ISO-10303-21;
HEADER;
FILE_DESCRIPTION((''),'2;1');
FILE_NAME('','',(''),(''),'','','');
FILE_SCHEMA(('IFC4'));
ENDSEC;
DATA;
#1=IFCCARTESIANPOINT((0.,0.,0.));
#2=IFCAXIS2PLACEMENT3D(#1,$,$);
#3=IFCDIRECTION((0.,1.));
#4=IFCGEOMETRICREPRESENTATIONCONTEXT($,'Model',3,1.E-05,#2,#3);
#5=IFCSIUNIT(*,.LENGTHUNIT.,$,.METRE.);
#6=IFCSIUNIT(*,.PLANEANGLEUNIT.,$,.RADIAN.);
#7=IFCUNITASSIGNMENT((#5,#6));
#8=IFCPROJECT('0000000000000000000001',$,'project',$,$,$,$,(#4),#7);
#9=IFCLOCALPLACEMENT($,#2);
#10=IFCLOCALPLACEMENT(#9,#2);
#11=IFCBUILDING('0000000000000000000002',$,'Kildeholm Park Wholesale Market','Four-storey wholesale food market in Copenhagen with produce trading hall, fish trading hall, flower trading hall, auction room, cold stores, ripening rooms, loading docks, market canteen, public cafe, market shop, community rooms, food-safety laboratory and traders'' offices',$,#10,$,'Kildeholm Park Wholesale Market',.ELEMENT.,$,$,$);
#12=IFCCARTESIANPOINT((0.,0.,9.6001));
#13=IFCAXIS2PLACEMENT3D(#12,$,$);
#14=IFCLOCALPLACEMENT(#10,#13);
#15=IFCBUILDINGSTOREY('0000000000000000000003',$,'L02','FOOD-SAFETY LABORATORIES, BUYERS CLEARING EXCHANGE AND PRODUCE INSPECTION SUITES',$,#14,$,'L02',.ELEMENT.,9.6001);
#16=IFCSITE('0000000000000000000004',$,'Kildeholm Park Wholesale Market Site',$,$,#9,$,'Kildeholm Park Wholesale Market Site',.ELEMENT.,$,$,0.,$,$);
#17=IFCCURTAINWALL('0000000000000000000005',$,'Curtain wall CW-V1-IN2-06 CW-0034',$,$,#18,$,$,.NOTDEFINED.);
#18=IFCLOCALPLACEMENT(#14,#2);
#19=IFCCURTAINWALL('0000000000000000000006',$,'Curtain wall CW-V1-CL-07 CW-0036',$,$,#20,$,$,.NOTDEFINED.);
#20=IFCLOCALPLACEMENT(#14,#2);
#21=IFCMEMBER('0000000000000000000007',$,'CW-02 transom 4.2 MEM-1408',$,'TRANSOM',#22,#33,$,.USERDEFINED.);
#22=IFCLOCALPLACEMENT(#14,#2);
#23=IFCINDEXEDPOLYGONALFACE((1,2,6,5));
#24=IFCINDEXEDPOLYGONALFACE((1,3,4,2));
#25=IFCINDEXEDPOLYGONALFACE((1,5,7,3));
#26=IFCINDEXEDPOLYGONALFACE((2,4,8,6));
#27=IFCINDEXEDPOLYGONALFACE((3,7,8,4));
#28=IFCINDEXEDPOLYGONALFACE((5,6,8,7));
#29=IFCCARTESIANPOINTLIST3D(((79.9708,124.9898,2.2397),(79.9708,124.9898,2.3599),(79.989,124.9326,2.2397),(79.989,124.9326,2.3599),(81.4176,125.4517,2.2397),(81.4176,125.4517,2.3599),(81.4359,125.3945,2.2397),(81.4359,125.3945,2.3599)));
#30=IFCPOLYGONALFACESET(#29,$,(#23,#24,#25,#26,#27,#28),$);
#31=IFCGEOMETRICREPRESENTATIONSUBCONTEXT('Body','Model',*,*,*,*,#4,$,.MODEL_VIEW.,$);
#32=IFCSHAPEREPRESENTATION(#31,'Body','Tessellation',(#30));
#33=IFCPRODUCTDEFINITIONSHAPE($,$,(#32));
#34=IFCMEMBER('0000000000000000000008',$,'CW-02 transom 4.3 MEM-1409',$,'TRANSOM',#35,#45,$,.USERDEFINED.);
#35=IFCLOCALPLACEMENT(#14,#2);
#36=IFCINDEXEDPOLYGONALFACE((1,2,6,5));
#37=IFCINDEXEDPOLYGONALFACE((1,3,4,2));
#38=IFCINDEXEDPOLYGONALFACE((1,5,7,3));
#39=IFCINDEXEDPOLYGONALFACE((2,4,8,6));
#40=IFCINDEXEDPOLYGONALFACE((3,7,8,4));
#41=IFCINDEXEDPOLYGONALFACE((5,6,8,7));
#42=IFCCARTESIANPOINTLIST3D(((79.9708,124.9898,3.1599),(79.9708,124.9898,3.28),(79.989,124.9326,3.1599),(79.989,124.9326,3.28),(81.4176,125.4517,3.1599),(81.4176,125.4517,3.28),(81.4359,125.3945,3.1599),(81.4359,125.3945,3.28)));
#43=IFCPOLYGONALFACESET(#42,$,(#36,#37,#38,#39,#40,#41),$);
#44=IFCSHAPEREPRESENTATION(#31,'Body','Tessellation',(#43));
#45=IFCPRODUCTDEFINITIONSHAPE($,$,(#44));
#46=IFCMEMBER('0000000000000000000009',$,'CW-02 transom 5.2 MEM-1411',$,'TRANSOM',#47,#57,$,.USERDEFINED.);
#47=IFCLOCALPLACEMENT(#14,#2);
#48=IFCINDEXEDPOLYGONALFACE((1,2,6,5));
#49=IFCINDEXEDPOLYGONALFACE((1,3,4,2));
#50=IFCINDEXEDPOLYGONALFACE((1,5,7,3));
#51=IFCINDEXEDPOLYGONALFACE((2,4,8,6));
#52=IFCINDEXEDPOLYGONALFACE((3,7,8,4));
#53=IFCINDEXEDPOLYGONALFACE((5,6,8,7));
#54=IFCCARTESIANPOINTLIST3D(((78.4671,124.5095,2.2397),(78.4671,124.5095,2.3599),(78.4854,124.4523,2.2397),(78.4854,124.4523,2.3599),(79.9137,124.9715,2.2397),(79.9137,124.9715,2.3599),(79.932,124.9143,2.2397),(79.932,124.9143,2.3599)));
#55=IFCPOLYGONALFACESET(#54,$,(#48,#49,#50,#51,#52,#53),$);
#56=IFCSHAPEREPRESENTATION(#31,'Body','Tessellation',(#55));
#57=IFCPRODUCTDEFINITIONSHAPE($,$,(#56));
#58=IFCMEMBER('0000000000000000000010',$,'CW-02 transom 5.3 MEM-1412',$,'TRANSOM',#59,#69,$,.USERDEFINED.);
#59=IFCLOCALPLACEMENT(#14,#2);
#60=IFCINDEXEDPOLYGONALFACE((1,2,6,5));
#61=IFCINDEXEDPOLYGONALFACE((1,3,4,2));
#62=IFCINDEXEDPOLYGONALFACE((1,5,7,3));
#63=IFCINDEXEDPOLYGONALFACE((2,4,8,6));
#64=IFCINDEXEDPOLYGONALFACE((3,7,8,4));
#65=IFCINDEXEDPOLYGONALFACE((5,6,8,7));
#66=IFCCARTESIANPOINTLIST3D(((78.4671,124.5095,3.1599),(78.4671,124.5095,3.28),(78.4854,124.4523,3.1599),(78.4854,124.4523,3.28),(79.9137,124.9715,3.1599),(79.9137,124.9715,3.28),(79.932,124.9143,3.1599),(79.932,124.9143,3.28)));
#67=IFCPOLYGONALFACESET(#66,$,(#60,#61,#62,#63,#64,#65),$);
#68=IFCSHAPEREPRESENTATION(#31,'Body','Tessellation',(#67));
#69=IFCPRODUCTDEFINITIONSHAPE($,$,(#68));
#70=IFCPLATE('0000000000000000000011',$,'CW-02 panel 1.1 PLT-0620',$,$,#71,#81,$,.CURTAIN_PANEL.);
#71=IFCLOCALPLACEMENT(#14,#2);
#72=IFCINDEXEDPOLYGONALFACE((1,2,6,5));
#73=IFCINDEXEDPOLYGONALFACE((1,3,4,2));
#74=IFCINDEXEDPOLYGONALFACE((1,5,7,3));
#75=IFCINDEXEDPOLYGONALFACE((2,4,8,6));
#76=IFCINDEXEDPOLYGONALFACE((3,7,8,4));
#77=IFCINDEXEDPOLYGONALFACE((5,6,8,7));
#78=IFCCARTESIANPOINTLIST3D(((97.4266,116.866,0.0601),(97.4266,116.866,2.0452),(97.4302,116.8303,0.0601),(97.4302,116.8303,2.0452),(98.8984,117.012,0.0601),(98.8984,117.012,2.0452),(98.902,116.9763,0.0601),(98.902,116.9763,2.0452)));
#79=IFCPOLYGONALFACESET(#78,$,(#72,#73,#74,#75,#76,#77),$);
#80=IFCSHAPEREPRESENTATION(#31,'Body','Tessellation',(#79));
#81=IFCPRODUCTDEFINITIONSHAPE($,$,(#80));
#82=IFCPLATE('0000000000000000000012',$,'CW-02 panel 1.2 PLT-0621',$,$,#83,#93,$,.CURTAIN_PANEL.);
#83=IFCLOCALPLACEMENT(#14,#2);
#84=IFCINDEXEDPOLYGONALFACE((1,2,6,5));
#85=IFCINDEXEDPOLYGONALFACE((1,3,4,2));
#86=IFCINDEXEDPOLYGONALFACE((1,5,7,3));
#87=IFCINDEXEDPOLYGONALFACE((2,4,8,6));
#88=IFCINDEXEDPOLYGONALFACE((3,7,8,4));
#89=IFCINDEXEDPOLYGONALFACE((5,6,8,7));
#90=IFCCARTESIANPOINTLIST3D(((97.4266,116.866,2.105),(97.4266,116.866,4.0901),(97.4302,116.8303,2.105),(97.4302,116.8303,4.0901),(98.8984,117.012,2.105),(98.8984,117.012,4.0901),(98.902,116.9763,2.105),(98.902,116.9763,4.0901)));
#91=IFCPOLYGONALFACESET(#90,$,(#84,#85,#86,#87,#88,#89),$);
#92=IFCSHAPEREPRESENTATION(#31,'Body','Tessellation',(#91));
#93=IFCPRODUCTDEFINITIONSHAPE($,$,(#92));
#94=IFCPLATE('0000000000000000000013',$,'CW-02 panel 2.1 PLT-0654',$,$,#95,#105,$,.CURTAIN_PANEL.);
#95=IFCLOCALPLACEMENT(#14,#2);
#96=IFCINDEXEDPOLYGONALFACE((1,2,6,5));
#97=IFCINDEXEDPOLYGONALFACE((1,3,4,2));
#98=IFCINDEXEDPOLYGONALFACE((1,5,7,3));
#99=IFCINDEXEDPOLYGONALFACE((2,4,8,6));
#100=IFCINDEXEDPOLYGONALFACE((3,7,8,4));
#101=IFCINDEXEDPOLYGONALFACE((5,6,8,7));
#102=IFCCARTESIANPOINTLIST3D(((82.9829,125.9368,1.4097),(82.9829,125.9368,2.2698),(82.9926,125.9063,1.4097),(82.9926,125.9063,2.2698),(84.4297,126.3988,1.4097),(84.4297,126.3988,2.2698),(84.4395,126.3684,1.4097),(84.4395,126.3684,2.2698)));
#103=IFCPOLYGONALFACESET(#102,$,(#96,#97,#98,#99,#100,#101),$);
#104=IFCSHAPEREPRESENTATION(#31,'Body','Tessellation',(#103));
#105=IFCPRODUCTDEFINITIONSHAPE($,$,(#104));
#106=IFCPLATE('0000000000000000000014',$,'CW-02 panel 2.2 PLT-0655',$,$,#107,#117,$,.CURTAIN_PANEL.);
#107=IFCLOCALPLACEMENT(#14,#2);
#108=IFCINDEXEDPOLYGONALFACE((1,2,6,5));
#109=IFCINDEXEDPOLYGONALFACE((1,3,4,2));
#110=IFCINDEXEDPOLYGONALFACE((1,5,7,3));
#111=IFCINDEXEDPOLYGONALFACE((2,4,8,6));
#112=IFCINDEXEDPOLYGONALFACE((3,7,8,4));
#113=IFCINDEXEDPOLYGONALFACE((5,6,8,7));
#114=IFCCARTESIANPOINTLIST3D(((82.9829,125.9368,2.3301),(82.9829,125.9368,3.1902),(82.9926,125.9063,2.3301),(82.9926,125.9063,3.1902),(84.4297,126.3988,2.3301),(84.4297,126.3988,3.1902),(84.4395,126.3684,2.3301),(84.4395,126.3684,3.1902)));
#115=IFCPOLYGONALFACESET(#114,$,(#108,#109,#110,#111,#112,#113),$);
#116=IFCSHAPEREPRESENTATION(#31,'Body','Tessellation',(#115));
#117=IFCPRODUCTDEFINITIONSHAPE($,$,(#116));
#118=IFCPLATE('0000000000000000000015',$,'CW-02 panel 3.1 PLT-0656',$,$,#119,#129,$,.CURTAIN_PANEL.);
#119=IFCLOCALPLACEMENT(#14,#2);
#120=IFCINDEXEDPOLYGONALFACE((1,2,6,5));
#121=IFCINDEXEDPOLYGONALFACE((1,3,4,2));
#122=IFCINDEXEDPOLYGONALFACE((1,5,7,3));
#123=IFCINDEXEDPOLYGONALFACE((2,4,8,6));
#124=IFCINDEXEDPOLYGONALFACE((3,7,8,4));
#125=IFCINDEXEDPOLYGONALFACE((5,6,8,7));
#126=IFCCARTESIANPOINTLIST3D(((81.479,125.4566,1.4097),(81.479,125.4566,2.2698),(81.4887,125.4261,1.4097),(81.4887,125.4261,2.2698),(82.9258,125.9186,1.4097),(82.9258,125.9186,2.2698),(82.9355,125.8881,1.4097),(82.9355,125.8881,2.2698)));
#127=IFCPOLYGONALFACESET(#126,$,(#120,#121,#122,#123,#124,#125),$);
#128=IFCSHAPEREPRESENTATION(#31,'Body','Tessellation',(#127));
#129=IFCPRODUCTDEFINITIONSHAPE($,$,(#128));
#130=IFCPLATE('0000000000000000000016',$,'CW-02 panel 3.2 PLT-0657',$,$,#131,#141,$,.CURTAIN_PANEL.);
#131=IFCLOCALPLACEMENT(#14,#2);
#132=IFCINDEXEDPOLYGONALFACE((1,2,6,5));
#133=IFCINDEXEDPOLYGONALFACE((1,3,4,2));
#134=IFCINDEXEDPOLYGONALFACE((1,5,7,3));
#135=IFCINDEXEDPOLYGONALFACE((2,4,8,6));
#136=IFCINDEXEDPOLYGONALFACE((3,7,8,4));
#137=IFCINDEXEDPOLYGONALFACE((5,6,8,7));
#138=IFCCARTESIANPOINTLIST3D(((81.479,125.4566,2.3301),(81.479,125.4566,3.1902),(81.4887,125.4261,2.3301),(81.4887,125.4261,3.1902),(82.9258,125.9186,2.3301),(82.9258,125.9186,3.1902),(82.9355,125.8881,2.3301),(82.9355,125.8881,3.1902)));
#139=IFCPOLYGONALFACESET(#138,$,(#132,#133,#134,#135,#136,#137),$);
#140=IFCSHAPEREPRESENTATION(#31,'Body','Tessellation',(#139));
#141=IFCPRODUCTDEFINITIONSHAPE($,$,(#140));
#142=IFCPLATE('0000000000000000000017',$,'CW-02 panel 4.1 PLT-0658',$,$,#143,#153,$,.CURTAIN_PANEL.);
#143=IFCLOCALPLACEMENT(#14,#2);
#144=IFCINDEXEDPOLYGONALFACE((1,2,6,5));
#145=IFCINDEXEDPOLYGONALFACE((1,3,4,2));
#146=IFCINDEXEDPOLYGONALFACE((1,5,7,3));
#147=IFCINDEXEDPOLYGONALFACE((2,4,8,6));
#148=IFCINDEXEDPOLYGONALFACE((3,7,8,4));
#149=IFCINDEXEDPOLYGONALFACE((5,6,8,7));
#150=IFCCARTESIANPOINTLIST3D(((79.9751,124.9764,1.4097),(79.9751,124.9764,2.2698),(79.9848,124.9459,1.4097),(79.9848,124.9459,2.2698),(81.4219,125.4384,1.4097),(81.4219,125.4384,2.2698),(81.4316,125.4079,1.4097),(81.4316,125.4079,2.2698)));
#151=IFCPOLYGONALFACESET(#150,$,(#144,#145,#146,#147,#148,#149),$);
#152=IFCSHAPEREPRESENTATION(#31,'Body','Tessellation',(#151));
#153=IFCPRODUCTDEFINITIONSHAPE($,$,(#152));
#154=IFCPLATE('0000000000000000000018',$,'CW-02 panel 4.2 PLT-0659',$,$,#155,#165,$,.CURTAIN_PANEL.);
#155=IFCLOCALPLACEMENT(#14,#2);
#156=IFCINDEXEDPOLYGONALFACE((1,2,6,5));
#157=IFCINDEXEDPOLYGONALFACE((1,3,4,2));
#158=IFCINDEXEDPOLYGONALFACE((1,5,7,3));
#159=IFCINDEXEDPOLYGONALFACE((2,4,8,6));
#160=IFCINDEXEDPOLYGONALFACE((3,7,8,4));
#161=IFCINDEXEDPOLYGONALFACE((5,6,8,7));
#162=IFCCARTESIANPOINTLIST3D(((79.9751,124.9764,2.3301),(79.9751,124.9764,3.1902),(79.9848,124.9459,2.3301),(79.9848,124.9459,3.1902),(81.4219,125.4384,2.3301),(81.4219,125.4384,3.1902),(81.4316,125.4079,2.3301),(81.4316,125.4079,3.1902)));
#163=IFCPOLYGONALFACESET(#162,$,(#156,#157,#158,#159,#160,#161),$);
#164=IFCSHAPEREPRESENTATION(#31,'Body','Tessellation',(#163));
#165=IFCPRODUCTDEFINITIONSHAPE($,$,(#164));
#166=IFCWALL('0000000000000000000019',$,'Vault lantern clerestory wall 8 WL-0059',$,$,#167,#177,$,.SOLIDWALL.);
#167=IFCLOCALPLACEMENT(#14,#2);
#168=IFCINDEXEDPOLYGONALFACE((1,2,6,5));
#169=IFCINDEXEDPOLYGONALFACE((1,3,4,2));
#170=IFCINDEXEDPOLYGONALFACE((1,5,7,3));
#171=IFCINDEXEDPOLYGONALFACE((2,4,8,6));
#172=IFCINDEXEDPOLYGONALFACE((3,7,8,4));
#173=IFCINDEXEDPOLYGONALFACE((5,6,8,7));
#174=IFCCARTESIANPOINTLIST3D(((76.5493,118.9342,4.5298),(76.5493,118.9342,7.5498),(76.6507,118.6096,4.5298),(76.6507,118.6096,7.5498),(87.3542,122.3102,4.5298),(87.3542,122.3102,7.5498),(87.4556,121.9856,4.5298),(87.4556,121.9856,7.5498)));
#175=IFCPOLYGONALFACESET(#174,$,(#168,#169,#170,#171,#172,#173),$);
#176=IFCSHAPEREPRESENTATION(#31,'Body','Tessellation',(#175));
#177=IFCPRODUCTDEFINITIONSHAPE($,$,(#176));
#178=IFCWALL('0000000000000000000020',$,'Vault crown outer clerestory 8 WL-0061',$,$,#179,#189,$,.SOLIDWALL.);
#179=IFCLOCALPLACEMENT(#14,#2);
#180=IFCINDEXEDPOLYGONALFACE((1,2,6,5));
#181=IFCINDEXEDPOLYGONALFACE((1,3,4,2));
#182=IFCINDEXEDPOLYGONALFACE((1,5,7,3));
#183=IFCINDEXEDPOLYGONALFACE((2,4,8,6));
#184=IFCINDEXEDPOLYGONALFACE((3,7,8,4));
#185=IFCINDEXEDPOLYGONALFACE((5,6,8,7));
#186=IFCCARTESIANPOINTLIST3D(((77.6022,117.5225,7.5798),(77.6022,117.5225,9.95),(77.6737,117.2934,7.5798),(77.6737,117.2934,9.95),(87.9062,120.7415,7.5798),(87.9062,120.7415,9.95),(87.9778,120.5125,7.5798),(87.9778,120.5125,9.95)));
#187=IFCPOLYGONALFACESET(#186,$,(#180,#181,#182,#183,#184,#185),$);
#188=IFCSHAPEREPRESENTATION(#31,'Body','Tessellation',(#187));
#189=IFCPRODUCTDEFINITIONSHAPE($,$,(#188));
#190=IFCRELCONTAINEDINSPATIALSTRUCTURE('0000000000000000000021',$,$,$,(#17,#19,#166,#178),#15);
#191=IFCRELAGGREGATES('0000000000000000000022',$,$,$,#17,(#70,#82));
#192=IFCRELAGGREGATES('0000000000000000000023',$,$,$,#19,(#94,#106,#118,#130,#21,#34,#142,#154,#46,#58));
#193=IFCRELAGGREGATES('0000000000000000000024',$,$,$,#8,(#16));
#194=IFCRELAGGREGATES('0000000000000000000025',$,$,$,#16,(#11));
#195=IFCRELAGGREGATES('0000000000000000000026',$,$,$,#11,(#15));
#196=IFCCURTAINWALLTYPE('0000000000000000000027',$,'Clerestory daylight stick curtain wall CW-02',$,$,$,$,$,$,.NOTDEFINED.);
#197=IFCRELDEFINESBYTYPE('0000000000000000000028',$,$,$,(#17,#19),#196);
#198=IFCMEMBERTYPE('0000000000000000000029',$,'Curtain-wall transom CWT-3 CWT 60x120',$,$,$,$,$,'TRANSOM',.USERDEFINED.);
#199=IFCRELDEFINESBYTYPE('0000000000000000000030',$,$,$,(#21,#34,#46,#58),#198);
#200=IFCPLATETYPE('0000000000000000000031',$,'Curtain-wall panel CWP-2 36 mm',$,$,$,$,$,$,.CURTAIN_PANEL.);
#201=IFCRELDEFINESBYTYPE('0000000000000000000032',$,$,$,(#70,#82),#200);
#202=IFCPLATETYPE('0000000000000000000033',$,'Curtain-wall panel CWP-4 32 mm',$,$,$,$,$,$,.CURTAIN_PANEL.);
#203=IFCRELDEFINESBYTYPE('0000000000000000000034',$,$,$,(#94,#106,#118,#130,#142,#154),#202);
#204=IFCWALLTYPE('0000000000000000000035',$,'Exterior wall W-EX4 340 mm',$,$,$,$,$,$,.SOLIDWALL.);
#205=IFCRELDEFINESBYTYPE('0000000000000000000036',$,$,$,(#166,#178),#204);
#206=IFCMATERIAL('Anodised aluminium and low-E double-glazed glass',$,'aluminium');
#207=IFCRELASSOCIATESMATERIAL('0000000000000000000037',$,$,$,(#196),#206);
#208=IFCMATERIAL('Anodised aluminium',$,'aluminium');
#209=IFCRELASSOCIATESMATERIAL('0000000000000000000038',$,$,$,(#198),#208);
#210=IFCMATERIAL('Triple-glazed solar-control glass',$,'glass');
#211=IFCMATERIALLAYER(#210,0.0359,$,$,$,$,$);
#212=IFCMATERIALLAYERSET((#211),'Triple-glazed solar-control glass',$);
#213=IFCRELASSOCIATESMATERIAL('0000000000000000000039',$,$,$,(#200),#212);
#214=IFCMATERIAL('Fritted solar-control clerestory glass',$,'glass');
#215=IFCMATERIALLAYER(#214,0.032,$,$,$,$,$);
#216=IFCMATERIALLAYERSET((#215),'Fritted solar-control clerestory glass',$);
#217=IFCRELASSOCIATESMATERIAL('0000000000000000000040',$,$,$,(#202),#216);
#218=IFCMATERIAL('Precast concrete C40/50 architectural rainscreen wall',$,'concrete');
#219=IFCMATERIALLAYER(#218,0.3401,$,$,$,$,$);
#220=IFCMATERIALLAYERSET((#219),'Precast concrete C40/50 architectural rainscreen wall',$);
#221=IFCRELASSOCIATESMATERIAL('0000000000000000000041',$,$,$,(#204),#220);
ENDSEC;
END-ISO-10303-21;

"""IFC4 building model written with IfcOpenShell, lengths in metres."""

from ifc_helpers import new_model, si_unit, direction, frame, frame_2d, origin, origin_2d, place, context, subcontext, project, spatial, rectangle, extrude, material, layer, layer_set, material_profile, profile_set, type_object, element, aggregate, save


model = new_model("IFC4")

# Units and contexts
model_context = context("Model", 3, precision=1e-05, world=origin(), true_north=direction((0.0, 1.0)))
body_context = subcontext(model_context, "Body", "Model", "MODEL_VIEW")
ifc_project = project(units=[si_unit("LENGTHUNIT", "METRE"), si_unit("PLANEANGLEUNIT", "RADIAN")], contexts=[model_context])

# Site, building, storey
site_placement = place(None, origin())
site = spatial("IfcSite", under=ifc_project, at=site_placement, Name="Kildeholm Park Wholesale Market Site", LongName="Kildeholm Park Wholesale Market Site", CompositionType="ELEMENT", RefElevation=0.0)
building_placement = place(site_placement, origin())
building = spatial("IfcBuilding", under=site, at=building_placement, Name="Kildeholm Park Wholesale Market", Description="Four-storey wholesale food market in Copenhagen with produce trading hall, fish trading hall, flower trading hall, auction room, cold stores, ripening rooms, loading docks, market canteen, public cafe, market shop, community rooms, food-safety laboratory and traders' offices", LongName="Kildeholm Park Wholesale Market", CompositionType="ELEMENT")
storey_placement = place(building_placement, frame((0.0, 0.0, 9.6001)))
storey = spatial("IfcBuildingStorey", under=building, at=storey_placement, Name="L02", Description="FOOD-SAFETY LABORATORIES, BUYERS CLEARING EXCHANGE AND PRODUCE INSPECTION SUITES", LongName="L02", CompositionType="ELEMENT", Elevation=9.6001)

# Curtain wall
ifc_material_1 = material(Name="Anodised aluminium and low-E double-glazed glass", Category="aluminium")
curtain_wall_type = type_object("IfcCurtainWallType", Name="Clerestory daylight stick curtain wall CW-02", PredefinedType="NOTDEFINED", material=ifc_material_1)
curtain_wall_1_placement = place(storey_placement, origin())
curtain_wall_1 = element("IfcCurtainWall", 1, at=curtain_wall_1_placement, inside=storey, type_object=curtain_wall_type, Name="Curtain wall CW-V1-IN2-06 CW-0034", PredefinedType="NOTDEFINED")
ifc_material_2 = material(Name="Anodised aluminium", Category="aluminium")

# Curtain wall
curtain_wall_2_placement = place(storey_placement, origin())
curtain_wall_2 = element("IfcCurtainWall", 2, at=curtain_wall_2_placement, inside=storey, type_object=curtain_wall_type, Name="Curtain wall CW-V1-CL-07 CW-0036", PredefinedType="NOTDEFINED")

# Members
ifc_material_profile_1 = material_profile(ifc_material_2, rectangle(XDim=0.0601, YDim=0.1201, at=origin_2d()), Name="CWT 60x120")
ifc_profile_set_1 = profile_set([ifc_material_profile_1], Name="Anodised aluminium")
member_type_1 = type_object("IfcMemberType", Name="Curtain-wall transom CWT-3 CWT 60x120", ElementType="TRANSOM", PredefinedType="USERDEFINED", material=ifc_profile_set_1)
member_1_placement = place(storey_placement, frame((81.4268, 125.4231, 2.2998), z_axis=(-0.952626, -0.304146, 0.0), x_axis=(0.304146, -0.952626, 0.0)))
member_1 = element("IfcMember", 3, at=member_1_placement, type_object=member_type_1, Name="CW-02 transom 4.2 MEM-1408", ObjectType="TRANSOM", PredefinedType="USERDEFINED", context=body_context, shape_type="SweptSolid", body=[
    extrude(rectangle(XDim=0.0601, YDim=0.1201, at=origin_2d()), origin(), (0.0, 0.0, 1.0), 1.5188),
])
member_2_placement = place(storey_placement, frame((81.4268, 125.4231, 3.22), z_axis=(-0.952626, -0.304146, 0.0), x_axis=(0.304146, -0.952626, 0.0)))
member_2 = element("IfcMember", 4, at=member_2_placement, type_object=member_type_1, Name="CW-02 transom 4.3 MEM-1409", ObjectType="TRANSOM", PredefinedType="USERDEFINED", context=body_context, shape_type="SweptSolid", body=[
    extrude(rectangle(XDim=0.0601, YDim=0.1201, at=origin_2d()), origin(), (0.0, 0.0, 1.0), 1.5188),
])
member_3_placement = place(storey_placement, frame((79.9229, 124.9429, 2.2998), z_axis=(-0.952611, -0.304192, 0.0), x_axis=(0.304192, -0.952611, 0.0)))
member_3 = element("IfcMember", 5, at=member_3_placement, type_object=member_type_1, Name="CW-02 transom 5.2 MEM-1411", ObjectType="TRANSOM", PredefinedType="USERDEFINED", context=body_context, shape_type="SweptSolid", body=[
    extrude(rectangle(XDim=0.0601, YDim=0.1201, at=origin_2d()), origin(), (0.0, 0.0, 1.0), 1.5186),
])
member_4_placement = place(storey_placement, frame((79.9229, 124.9429, 3.22), z_axis=(-0.952611, -0.304192, 0.0), x_axis=(0.304192, -0.952611, 0.0)))
member_4 = element("IfcMember", 6, at=member_4_placement, type_object=member_type_1, Name="CW-02 transom 5.3 MEM-1412", ObjectType="TRANSOM", PredefinedType="USERDEFINED", context=body_context, shape_type="SweptSolid", body=[
    extrude(rectangle(XDim=0.0601, YDim=0.1201, at=origin_2d()), origin(), (0.0, 0.0, 1.0), 1.5186),
])

# Plates
ifc_material_3 = material(Name="Triple-glazed solar-control glass", Category="glass")
ifc_layer_1 = layer(ifc_material_3, 0.0359)
ifc_layer_set_1 = layer_set([ifc_layer_1], Name="Triple-glazed solar-control glass")
plate_type_1 = type_object("IfcPlateType", Name="Curtain-wall panel CWP-2 36 mm", PredefinedType="CURTAIN_PANEL", material=ifc_layer_set_1)
plate_1_placement = place(storey_placement, frame((98.1643, 116.9211, 0.0601), z_axis=(0.0, 0.0, 1.0), x_axis=(-0.995119, -0.098683, 0.0)))
plate_1 = element("IfcPlate", 7, at=plate_1_placement, type_object=plate_type_1, Name="CW-02 panel 1.1 PLT-0620", PredefinedType="CURTAIN_PANEL", context=body_context, shape_type="SweptSolid", body=[
    extrude(rectangle(XDim=1.479, YDim=0.0359, at=origin_2d()), origin(), (0.0, 0.0, 1.0), 1.9851),
])
plate_2_placement = place(storey_placement, frame((98.1643, 116.9211, 2.105), z_axis=(0.0, 0.0, 1.0), x_axis=(-0.995119, -0.098683, 0.0)))
plate_2 = element("IfcPlate", 8, at=plate_2_placement, type_object=plate_type_1, Name="CW-02 panel 1.2 PLT-0621", PredefinedType="CURTAIN_PANEL", context=body_context, shape_type="SweptSolid", body=[
    extrude(rectangle(XDim=1.479, YDim=0.0359, at=origin_2d()), origin(), (0.0, 0.0, 1.0), 1.9851),
])
aggregate(curtain_wall_1, [plate_1, plate_2])
ifc_material_4 = material(Name="Fritted solar-control clerestory glass", Category="glass")
ifc_layer_2 = layer(ifc_material_4, 0.032)
ifc_layer_set_2 = layer_set([ifc_layer_2], Name="Fritted solar-control clerestory glass")
plate_type_2 = type_object("IfcPlateType", Name="Curtain-wall panel CWP-4 32 mm", PredefinedType="CURTAIN_PANEL", material=ifc_layer_set_2)
plate_3_placement = place(storey_placement, frame((83.7112, 126.1526, 1.4097), z_axis=(0.0, 0.0, 1.0), x_axis=(-0.952606, -0.304207, 0.0)))
plate_3 = element("IfcPlate", 9, at=plate_3_placement, type_object=plate_type_2, Name="CW-02 panel 2.1 PLT-0654", PredefinedType="CURTAIN_PANEL", context=body_context, shape_type="SweptSolid", body=[
    extrude(rectangle(XDim=1.5188, YDim=0.032, at=origin_2d()), origin(), (0.0, 0.0, 1.0), 0.8601),
])
plate_4_placement = place(storey_placement, frame((83.7112, 126.1526, 2.3301), z_axis=(0.0, 0.0, 1.0), x_axis=(-0.952606, -0.304207, 0.0)))
plate_4 = element("IfcPlate", 10, at=plate_4_placement, type_object=plate_type_2, Name="CW-02 panel 2.2 PLT-0655", PredefinedType="CURTAIN_PANEL", context=body_context, shape_type="SweptSolid", body=[
    extrude(rectangle(XDim=1.5188, YDim=0.032, at=origin_2d()), origin(), (0.0, 0.0, 1.0), 0.8601),
])
plate_5_placement = place(storey_placement, frame((82.2073, 125.6724, 1.4097), z_axis=(0.0, 0.0, 1.0), x_axis=(-0.952606, -0.304207, 0.0)))
plate_5 = element("IfcPlate", 11, at=plate_5_placement, type_object=plate_type_2, Name="CW-02 panel 3.1 PLT-0656", PredefinedType="CURTAIN_PANEL", context=body_context, shape_type="SweptSolid", body=[
    extrude(rectangle(XDim=1.5188, YDim=0.032, at=origin_2d()), origin(), (0.0, 0.0, 1.0), 0.8601),
])
plate_6_placement = place(storey_placement, frame((82.2073, 125.6724, 2.3301), z_axis=(0.0, 0.0, 1.0), x_axis=(-0.952606, -0.304207, 0.0)))
plate_6 = element("IfcPlate", 12, at=plate_6_placement, type_object=plate_type_2, Name="CW-02 panel 3.2 PLT-0657", PredefinedType="CURTAIN_PANEL", context=body_context, shape_type="SweptSolid", body=[
    extrude(rectangle(XDim=1.5188, YDim=0.032, at=origin_2d()), origin(), (0.0, 0.0, 1.0), 0.8601),
])
plate_7_placement = place(storey_placement, frame((80.7034, 125.1921, 1.4097), z_axis=(0.0, 0.0, 1.0), x_axis=(-0.952606, -0.304207, 0.0)))
plate_7 = element("IfcPlate", 13, at=plate_7_placement, type_object=plate_type_2, Name="CW-02 panel 4.1 PLT-0658", PredefinedType="CURTAIN_PANEL", context=body_context, shape_type="SweptSolid", body=[
    extrude(rectangle(XDim=1.5188, YDim=0.032, at=origin_2d()), origin(), (0.0, 0.0, 1.0), 0.8601),
])
plate_8_placement = place(storey_placement, frame((80.7034, 125.1921, 2.3301), z_axis=(0.0, 0.0, 1.0), x_axis=(-0.952606, -0.304207, 0.0)))
plate_8 = element("IfcPlate", 14, at=plate_8_placement, type_object=plate_type_2, Name="CW-02 panel 4.2 PLT-0659", PredefinedType="CURTAIN_PANEL", context=body_context, shape_type="SweptSolid", body=[
    extrude(rectangle(XDim=1.5188, YDim=0.032, at=origin_2d()), origin(), (0.0, 0.0, 1.0), 0.8601),
])
aggregate(curtain_wall_2, [plate_3, plate_4, plate_5, plate_6, member_1, member_2, plate_7, plate_8, member_3, member_4])

# Walls
ifc_material_5 = material(Name="Precast concrete C40/50 architectural rainscreen wall", Category="concrete")
ifc_layer_3 = layer(ifc_material_5, 0.3401)
ifc_layer_set_3 = layer_set([ifc_layer_3], Name="Precast concrete C40/50 architectural rainscreen wall")
wall_type = type_object("IfcWallType", Name="Exterior wall W-EX4 340 mm", PredefinedType="SOLIDWALL", material=ifc_layer_set_3)
wall_1_placement = place(storey_placement, frame((87.405, 122.1479, 4.5298), z_axis=(0.0, 0.0, 1.0), x_axis=(-0.954494, -0.29823, 0.0)))
element("IfcWall", 15, at=wall_1_placement, inside=storey, type_object=wall_type, Name="Vault lantern clerestory wall 8 WL-0059", PredefinedType="SOLIDWALL", context=body_context, shape_type="SweptSolid", body=[
    extrude(rectangle(XDim=11.3201, YDim=0.3401, at=frame_2d((5.6602, 0.0))), origin(), (0.0, 0.0, 1.0), 3.02),
])
wall_2_placement = place(storey_placement, frame((87.9419, 120.627, 7.5798), z_axis=(0.0, 0.0, 1.0), x_axis=(-0.954506, -0.298191, 0.0)))
element("IfcWall", 16, at=wall_2_placement, inside=storey, type_object=wall_type, Name="Vault crown outer clerestory 8 WL-0061", PredefinedType="SOLIDWALL", context=body_context, shape_type="SweptSolid", body=[
    extrude(rectangle(XDim=10.7952, YDim=0.24, at=frame_2d((5.3975, 0.0))), origin(), (0.0, 0.0, 1.0), 2.3701),
])

save(model, "model.ifc")
